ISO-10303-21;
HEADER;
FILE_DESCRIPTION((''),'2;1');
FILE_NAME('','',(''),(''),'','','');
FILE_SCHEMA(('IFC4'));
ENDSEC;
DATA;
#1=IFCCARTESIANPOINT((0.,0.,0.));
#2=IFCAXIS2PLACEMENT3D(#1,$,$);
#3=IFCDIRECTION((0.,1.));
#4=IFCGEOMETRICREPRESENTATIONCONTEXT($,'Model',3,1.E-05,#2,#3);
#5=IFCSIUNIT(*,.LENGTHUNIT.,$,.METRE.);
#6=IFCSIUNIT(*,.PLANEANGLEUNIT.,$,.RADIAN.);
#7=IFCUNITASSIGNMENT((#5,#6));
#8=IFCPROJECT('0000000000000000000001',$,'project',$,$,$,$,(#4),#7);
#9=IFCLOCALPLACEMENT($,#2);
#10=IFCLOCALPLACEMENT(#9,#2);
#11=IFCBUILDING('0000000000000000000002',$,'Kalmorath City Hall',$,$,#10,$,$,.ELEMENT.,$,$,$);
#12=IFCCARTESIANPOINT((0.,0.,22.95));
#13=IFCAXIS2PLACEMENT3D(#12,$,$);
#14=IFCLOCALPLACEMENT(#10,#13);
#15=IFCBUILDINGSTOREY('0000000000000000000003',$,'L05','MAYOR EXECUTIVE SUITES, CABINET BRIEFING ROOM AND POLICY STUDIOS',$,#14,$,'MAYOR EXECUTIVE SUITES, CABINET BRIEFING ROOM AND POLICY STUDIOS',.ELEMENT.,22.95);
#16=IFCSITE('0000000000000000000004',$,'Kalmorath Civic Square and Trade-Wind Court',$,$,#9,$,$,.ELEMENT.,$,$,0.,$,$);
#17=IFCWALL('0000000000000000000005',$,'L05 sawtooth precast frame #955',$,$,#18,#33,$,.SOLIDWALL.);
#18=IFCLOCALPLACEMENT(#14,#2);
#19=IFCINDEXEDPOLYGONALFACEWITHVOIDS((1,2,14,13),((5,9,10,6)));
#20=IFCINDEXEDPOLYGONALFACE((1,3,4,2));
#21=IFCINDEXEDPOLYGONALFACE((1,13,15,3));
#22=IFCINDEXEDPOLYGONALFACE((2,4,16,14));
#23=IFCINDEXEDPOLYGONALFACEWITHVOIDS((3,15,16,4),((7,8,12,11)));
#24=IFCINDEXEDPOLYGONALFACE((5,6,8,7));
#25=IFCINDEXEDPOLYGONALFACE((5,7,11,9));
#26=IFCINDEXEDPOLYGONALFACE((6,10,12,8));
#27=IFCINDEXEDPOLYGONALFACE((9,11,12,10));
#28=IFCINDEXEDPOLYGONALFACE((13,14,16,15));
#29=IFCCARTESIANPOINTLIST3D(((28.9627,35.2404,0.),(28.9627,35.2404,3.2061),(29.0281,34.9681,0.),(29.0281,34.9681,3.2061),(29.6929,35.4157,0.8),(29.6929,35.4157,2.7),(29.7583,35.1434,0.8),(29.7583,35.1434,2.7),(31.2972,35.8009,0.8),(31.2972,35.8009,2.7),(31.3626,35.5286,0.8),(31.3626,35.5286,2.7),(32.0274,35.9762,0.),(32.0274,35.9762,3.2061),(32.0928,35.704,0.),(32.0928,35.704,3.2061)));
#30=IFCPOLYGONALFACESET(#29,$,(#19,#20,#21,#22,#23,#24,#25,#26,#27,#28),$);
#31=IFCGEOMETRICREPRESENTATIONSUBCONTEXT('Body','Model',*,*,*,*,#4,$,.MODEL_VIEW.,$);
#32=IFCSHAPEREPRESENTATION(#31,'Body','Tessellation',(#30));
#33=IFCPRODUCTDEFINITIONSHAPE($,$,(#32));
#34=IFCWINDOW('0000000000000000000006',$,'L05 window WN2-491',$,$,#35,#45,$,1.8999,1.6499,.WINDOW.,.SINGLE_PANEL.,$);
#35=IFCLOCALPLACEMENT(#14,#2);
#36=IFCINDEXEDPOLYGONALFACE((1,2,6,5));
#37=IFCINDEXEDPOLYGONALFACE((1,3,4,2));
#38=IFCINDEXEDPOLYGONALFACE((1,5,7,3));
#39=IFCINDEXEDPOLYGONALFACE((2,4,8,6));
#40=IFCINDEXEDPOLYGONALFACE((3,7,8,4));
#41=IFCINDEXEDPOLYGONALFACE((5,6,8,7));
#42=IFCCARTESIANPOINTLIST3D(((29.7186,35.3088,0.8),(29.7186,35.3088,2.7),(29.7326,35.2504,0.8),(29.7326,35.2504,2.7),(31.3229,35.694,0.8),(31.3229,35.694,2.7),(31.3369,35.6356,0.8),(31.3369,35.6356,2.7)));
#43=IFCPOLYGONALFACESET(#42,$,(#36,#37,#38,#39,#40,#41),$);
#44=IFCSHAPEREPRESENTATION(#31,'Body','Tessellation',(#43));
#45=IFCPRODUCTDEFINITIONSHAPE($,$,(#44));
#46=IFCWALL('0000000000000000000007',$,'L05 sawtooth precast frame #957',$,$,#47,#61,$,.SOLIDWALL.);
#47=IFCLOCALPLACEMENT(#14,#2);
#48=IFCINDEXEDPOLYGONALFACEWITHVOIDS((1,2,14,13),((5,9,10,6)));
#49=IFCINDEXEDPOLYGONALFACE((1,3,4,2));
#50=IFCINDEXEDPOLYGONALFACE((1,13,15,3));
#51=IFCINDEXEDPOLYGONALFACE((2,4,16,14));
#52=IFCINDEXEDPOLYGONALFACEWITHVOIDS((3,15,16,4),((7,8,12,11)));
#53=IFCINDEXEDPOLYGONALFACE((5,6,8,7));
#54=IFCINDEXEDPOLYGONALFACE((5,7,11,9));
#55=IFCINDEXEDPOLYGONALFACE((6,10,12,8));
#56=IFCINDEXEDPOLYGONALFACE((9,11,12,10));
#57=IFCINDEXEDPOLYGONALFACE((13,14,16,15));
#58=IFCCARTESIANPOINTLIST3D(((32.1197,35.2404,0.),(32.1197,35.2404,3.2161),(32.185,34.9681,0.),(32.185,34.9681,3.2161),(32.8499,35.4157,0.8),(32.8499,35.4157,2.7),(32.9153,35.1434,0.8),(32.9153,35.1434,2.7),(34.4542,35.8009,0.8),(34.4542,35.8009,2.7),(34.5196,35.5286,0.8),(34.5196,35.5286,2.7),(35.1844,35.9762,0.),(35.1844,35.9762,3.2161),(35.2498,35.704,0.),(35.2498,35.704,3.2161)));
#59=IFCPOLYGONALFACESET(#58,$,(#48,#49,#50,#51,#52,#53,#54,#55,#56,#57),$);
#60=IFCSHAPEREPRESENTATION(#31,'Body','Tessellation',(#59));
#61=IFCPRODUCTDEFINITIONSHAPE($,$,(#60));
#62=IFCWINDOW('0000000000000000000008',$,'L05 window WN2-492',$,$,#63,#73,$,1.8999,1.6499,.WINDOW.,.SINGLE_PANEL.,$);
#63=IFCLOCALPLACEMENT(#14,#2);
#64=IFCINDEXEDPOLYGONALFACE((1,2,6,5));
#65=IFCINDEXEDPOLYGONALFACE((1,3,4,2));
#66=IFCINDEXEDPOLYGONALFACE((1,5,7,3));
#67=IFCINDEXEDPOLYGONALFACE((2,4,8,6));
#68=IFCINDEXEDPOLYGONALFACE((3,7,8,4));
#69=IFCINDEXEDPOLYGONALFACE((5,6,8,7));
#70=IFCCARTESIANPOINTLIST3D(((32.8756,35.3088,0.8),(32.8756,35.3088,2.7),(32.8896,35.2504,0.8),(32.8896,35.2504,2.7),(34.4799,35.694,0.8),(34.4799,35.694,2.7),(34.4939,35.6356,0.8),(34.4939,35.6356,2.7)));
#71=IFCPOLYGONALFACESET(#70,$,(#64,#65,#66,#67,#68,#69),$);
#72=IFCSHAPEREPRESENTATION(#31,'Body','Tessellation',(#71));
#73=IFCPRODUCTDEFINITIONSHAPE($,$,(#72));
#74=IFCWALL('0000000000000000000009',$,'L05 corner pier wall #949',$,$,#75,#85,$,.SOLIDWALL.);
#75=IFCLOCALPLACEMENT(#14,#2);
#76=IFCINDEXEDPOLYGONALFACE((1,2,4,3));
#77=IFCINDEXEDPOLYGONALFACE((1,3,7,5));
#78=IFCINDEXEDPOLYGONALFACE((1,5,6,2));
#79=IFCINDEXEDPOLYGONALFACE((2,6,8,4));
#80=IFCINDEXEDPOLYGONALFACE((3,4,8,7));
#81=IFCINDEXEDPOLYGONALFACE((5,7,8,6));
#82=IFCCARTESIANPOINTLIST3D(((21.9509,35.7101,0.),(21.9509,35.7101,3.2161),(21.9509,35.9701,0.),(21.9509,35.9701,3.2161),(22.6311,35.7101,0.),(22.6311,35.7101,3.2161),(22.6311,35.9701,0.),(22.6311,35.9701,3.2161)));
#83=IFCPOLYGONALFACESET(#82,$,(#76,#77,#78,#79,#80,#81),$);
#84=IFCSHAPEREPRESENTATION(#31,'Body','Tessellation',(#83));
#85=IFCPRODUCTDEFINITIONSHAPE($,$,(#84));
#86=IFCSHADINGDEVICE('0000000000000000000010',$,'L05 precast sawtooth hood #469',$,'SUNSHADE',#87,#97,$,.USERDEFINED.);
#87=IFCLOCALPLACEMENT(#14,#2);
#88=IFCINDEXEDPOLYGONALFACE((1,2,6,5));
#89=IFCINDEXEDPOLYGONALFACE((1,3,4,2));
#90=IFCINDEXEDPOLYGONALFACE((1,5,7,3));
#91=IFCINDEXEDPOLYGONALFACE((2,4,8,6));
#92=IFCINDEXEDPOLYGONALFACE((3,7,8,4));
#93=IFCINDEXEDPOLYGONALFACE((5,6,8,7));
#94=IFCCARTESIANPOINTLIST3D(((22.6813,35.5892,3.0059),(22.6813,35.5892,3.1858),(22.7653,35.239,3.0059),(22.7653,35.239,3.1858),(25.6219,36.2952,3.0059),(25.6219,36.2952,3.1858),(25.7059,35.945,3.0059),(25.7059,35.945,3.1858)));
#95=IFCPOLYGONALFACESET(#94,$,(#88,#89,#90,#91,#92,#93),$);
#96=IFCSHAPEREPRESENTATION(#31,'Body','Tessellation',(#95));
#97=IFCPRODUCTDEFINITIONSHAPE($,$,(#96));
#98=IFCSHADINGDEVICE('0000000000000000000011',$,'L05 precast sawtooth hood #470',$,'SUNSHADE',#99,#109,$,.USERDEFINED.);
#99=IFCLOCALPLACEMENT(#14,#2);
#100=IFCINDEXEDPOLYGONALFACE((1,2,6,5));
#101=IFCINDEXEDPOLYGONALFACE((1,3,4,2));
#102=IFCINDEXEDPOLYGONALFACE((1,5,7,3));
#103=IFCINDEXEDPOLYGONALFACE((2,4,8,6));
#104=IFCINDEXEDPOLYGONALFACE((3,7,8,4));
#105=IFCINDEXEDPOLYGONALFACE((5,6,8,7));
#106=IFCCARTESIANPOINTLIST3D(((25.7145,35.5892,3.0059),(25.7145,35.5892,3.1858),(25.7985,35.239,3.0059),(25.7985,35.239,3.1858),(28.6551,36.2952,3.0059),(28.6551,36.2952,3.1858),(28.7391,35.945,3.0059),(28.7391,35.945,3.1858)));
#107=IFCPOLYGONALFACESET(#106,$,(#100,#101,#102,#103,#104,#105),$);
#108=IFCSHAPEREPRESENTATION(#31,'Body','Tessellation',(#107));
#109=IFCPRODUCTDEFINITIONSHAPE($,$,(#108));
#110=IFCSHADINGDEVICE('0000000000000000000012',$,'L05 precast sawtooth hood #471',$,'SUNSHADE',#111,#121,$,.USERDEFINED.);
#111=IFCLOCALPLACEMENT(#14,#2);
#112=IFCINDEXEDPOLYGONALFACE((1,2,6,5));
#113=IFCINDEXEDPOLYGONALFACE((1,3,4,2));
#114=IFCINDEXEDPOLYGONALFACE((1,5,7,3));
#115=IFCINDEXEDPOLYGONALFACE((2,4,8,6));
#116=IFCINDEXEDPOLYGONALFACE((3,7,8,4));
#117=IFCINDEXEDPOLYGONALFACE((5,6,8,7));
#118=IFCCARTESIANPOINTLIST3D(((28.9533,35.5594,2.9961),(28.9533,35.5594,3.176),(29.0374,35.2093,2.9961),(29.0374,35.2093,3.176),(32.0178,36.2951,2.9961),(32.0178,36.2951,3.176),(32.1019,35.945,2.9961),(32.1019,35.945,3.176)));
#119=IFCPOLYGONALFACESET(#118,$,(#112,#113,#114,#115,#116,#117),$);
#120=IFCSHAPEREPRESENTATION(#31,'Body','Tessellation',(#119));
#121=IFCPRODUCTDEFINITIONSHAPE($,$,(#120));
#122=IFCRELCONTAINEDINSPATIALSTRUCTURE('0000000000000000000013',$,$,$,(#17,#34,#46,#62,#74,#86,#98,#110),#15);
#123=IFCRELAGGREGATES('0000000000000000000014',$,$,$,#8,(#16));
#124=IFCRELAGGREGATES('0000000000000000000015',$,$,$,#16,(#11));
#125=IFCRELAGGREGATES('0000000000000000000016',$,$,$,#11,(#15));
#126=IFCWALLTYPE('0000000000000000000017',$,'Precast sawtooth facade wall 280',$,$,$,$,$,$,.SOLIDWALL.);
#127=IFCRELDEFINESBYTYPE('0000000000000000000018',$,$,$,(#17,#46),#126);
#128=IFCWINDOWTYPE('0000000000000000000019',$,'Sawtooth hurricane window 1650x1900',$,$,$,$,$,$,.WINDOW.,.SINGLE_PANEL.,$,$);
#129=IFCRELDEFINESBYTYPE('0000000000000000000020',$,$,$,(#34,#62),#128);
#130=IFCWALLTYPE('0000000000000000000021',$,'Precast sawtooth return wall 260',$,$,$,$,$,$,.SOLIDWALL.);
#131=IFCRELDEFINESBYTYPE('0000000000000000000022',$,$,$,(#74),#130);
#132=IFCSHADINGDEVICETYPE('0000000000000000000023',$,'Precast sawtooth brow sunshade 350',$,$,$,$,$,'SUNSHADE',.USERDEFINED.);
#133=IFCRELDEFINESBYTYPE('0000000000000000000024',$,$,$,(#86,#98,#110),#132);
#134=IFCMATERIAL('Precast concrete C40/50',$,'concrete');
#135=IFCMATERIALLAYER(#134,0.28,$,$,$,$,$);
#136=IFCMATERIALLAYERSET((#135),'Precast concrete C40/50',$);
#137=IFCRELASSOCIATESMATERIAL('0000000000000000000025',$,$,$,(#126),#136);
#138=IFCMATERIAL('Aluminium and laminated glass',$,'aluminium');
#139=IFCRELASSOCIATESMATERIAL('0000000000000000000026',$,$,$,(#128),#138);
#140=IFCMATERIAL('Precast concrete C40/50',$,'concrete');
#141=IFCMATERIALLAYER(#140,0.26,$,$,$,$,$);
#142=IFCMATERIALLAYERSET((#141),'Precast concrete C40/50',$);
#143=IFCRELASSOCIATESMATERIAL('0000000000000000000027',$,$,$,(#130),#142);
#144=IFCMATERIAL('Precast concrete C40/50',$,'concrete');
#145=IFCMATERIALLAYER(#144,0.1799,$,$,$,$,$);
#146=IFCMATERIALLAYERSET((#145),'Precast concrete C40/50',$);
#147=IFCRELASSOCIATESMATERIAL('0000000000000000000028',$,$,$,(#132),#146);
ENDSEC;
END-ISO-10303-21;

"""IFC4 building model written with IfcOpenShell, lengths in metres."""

from ifc_helpers import new_model, si_unit, direction, frame, frame_2d, origin, origin_2d, place, context, subcontext, project, spatial, rectangle, extrude, material, layer, layer_set, type_object, element, fill, save


model = new_model("IFC4")

# Units and contexts
model_context = context("Model", 3, precision=1e-05, world=origin(), true_north=direction((0.0, 1.0)))
body_context = subcontext(model_context, "Body", "Model", "MODEL_VIEW")
ifc_project = project(units=[si_unit("LENGTHUNIT", "METRE"), si_unit("PLANEANGLEUNIT", "RADIAN")], contexts=[model_context])

# Site, building, storey
site_placement = place(None, origin())
site = spatial("IfcSite", under=ifc_project, at=site_placement, Name="Kalmorath Civic Square and Trade-Wind Court", CompositionType="ELEMENT", RefElevation=0.0)
building_placement = place(site_placement, origin())
building = spatial("IfcBuilding", under=site, at=building_placement, Name="Kalmorath City Hall", CompositionType="ELEMENT")
storey_placement = place(building_placement, frame((0.0, 0.0, 22.95)))
storey = spatial("IfcBuildingStorey", under=building, at=storey_placement, Name="L05", Description="MAYOR EXECUTIVE SUITES, CABINET BRIEFING ROOM AND POLICY STUDIOS", LongName="MAYOR EXECUTIVE SUITES, CABINET BRIEFING ROOM AND POLICY STUDIOS", CompositionType="ELEMENT", Elevation=22.95)

# Walls, openings, windows
ifc_material_1 = material(Name="Precast concrete C40/50", Category="concrete")
ifc_layer_1 = layer(ifc_material_1, 0.28)
ifc_layer_set_1 = layer_set([ifc_layer_1], Name="Precast concrete C40/50")
wall_type_1 = type_object("IfcWallType", Name="Precast sawtooth facade wall 280", PredefinedType="SOLIDWALL", material=ifc_layer_set_1)
ifc_material_2 = material(Name="Aluminium and laminated glass", Category="aluminium")
window_type = type_object("IfcWindowType", Name="Sawtooth hurricane window 1650x1900", PartitioningType="SINGLE_PANEL", PredefinedType="WINDOW", material=ifc_material_2)
wall_1_placement = place(storey_placement, frame((28.9954, 35.1042, 0.0), z_axis=(0.0, 0.0, 1.0), x_axis=(0.972365, 0.233467, 0.0)))
wall_1 = element("IfcWall", 1, at=wall_1_placement, inside=storey, type_object=wall_type_1, Name="L05 sawtooth precast frame #955", PredefinedType="SOLIDWALL", context=body_context, shape_type="SweptSolid", body=[
    extrude(rectangle(XDim=3.1519, YDim=0.28, at=frame_2d((1.5759, 0.0))), origin(), (0.0, 0.0, 1.0), 3.2061),
])
opening_1_placement = place(wall_1_placement, frame((0.751, 0.0, 0.8)))
opening_1 = element("IfcOpeningElement", 2, at=opening_1_placement, cuts=wall_1, PredefinedType="OPENING", context=body_context, shape_type="SweptSolid", body=[
    extrude(rectangle(XDim=1.6499, YDim=1.8999, at=frame_2d((0.825, 0.95))), frame((0.0, 0.1499, 0.0), z_axis=(0.0, -1.0, 0.0), x_axis=(1.0, 0.0, 0.0)), (0.0, 0.0, 1.0), 0.3),
])
window_1_placement = place(opening_1_placement, origin())
window_1 = element("IfcWindow", 3, at=window_1_placement, inside=storey, type_object=window_type, Name="L05 window WN2-491", OverallHeight=1.8999, OverallWidth=1.6499, PartitioningType="SINGLE_PANEL", PredefinedType="WINDOW", context=body_context, shape_type="SweptSolid", body=[
    extrude(rectangle(XDim=1.6499, YDim=1.8999, at=frame_2d((0.825, 0.95))), frame((0.0, 0.03, 0.0), z_axis=(0.0, -1.0, 0.0), x_axis=(1.0, 0.0, 0.0)), (0.0, 0.0, 1.0), 0.0601),
])
fill(opening_1, window_1)
wall_2_placement = place(storey_placement, frame((32.1523, 35.1042, 0.0), z_axis=(0.0, 0.0, 1.0), x_axis=(0.972365, 0.233467, 0.0)))
wall_2 = element("IfcWall", 4, at=wall_2_placement, inside=storey, type_object=wall_type_1, Name="L05 sawtooth precast frame #957", PredefinedType="SOLIDWALL", context=body_context, shape_type="SweptSolid", body=[
    extrude(rectangle(XDim=3.1519, YDim=0.28, at=frame_2d((1.5759, 0.0))), origin(), (0.0, 0.0, 1.0), 3.2161),
])
opening_2_placement = place(wall_2_placement, frame((0.751, 0.0, 0.8)))
opening_2 = element("IfcOpeningElement", 5, at=opening_2_placement, cuts=wall_2, PredefinedType="OPENING", context=body_context, shape_type="SweptSolid", body=[
    extrude(rectangle(XDim=1.6499, YDim=1.8999, at=frame_2d((0.825, 0.95))), frame((0.0, 0.1499, 0.0), z_axis=(0.0, -1.0, 0.0), x_axis=(1.0, 0.0, 0.0)), (0.0, 0.0, 1.0), 0.3),
])
window_2_placement = place(opening_2_placement, origin())
window_2 = element("IfcWindow", 6, at=window_2_placement, inside=storey, type_object=window_type, Name="L05 window WN2-492", OverallHeight=1.8999, OverallWidth=1.6499, PartitioningType="SINGLE_PANEL", PredefinedType="WINDOW", context=body_context, shape_type="SweptSolid", body=[
    extrude(rectangle(XDim=1.6499, YDim=1.8999, at=frame_2d((0.825, 0.95))), frame((0.0, 0.03, 0.0), z_axis=(0.0, -1.0, 0.0), x_axis=(1.0, 0.0, 0.0)), (0.0, 0.0, 1.0), 0.0601),
])
fill(opening_2, window_2)

# Wall
ifc_material_3 = material(Name="Precast concrete C40/50", Category="concrete")
ifc_layer_2 = layer(ifc_material_3, 0.26)
ifc_layer_set_2 = layer_set([ifc_layer_2], Name="Precast concrete C40/50")
wall_type_2 = type_object("IfcWallType", Name="Precast sawtooth return wall 260", PredefinedType="SOLIDWALL", material=ifc_layer_set_2)
wall_3_placement = place(storey_placement, frame((21.9509, 35.8401, 0.0), z_axis=(0.0, 0.0, 1.0), x_axis=(1.0, 0.0, 0.0)))
element("IfcWall", 7, at=wall_3_placement, inside=storey, type_object=wall_type_2, Name="L05 corner pier wall #949", PredefinedType="SOLIDWALL", context=body_context, shape_type="SweptSolid", body=[
    extrude(rectangle(XDim=0.6802, YDim=0.26, at=frame_2d((0.3401, 0.0))), origin(), (0.0, 0.0, 1.0), 3.2161),
])

# Shading devices
ifc_material_4 = material(Name="Precast concrete C40/50", Category="concrete")
ifc_layer_3 = layer(ifc_material_4, 0.1799)
ifc_layer_set_3 = layer_set([ifc_layer_3], Name="Precast concrete C40/50")
shading_device_type = type_object("IfcShadingDeviceType", Name="Precast sawtooth brow sunshade 350", ElementType="SUNSHADE", PredefinedType="USERDEFINED", material=ifc_layer_set_3)
for number, where, z_axis, x_axis, name in (
    (8, (24.1936, 35.7671, 3.0059), (0.0, 0.0, 1.0), (0.972366, 0.233462, 0.0), "L05 precast sawtooth hood #469"),
    (9, (27.2268, 35.7671, 3.0059), (0.0, 0.0, 1.0), (0.972366, 0.233462, 0.0), "L05 precast sawtooth hood #470"),
):
    element("IfcShadingDevice", number, at=place(storey_placement, frame(where, z_axis=z_axis, x_axis=x_axis)), inside=storey, type_object=shading_device_type, Name=name, ObjectType="SUNSHADE", PredefinedType="USERDEFINED", context=body_context, shape_type="SweptSolid", body=[
        extrude(rectangle(XDim=3.0242, YDim=0.3601, at=origin_2d()), origin(), (0.0, 0.0, 1.0), 0.1799),
    ])
shading_device_placement = place(storey_placement, frame((30.5276, 35.7522, 2.9961), z_axis=(0.0, 0.0, 1.0), x_axis=(0.97237, 0.233445, 0.0)))
element("IfcShadingDevice", 10, at=shading_device_placement, inside=storey, type_object=shading_device_type, Name="L05 precast sawtooth hood #471", ObjectType="SUNSHADE", PredefinedType="USERDEFINED", context=body_context, shape_type="SweptSolid", body=[
    extrude(rectangle(XDim=3.1516, YDim=0.3601, at=origin_2d()), origin(), (0.0, 0.0, 1.0), 0.1799),
])

save(model, "model.ifc")
